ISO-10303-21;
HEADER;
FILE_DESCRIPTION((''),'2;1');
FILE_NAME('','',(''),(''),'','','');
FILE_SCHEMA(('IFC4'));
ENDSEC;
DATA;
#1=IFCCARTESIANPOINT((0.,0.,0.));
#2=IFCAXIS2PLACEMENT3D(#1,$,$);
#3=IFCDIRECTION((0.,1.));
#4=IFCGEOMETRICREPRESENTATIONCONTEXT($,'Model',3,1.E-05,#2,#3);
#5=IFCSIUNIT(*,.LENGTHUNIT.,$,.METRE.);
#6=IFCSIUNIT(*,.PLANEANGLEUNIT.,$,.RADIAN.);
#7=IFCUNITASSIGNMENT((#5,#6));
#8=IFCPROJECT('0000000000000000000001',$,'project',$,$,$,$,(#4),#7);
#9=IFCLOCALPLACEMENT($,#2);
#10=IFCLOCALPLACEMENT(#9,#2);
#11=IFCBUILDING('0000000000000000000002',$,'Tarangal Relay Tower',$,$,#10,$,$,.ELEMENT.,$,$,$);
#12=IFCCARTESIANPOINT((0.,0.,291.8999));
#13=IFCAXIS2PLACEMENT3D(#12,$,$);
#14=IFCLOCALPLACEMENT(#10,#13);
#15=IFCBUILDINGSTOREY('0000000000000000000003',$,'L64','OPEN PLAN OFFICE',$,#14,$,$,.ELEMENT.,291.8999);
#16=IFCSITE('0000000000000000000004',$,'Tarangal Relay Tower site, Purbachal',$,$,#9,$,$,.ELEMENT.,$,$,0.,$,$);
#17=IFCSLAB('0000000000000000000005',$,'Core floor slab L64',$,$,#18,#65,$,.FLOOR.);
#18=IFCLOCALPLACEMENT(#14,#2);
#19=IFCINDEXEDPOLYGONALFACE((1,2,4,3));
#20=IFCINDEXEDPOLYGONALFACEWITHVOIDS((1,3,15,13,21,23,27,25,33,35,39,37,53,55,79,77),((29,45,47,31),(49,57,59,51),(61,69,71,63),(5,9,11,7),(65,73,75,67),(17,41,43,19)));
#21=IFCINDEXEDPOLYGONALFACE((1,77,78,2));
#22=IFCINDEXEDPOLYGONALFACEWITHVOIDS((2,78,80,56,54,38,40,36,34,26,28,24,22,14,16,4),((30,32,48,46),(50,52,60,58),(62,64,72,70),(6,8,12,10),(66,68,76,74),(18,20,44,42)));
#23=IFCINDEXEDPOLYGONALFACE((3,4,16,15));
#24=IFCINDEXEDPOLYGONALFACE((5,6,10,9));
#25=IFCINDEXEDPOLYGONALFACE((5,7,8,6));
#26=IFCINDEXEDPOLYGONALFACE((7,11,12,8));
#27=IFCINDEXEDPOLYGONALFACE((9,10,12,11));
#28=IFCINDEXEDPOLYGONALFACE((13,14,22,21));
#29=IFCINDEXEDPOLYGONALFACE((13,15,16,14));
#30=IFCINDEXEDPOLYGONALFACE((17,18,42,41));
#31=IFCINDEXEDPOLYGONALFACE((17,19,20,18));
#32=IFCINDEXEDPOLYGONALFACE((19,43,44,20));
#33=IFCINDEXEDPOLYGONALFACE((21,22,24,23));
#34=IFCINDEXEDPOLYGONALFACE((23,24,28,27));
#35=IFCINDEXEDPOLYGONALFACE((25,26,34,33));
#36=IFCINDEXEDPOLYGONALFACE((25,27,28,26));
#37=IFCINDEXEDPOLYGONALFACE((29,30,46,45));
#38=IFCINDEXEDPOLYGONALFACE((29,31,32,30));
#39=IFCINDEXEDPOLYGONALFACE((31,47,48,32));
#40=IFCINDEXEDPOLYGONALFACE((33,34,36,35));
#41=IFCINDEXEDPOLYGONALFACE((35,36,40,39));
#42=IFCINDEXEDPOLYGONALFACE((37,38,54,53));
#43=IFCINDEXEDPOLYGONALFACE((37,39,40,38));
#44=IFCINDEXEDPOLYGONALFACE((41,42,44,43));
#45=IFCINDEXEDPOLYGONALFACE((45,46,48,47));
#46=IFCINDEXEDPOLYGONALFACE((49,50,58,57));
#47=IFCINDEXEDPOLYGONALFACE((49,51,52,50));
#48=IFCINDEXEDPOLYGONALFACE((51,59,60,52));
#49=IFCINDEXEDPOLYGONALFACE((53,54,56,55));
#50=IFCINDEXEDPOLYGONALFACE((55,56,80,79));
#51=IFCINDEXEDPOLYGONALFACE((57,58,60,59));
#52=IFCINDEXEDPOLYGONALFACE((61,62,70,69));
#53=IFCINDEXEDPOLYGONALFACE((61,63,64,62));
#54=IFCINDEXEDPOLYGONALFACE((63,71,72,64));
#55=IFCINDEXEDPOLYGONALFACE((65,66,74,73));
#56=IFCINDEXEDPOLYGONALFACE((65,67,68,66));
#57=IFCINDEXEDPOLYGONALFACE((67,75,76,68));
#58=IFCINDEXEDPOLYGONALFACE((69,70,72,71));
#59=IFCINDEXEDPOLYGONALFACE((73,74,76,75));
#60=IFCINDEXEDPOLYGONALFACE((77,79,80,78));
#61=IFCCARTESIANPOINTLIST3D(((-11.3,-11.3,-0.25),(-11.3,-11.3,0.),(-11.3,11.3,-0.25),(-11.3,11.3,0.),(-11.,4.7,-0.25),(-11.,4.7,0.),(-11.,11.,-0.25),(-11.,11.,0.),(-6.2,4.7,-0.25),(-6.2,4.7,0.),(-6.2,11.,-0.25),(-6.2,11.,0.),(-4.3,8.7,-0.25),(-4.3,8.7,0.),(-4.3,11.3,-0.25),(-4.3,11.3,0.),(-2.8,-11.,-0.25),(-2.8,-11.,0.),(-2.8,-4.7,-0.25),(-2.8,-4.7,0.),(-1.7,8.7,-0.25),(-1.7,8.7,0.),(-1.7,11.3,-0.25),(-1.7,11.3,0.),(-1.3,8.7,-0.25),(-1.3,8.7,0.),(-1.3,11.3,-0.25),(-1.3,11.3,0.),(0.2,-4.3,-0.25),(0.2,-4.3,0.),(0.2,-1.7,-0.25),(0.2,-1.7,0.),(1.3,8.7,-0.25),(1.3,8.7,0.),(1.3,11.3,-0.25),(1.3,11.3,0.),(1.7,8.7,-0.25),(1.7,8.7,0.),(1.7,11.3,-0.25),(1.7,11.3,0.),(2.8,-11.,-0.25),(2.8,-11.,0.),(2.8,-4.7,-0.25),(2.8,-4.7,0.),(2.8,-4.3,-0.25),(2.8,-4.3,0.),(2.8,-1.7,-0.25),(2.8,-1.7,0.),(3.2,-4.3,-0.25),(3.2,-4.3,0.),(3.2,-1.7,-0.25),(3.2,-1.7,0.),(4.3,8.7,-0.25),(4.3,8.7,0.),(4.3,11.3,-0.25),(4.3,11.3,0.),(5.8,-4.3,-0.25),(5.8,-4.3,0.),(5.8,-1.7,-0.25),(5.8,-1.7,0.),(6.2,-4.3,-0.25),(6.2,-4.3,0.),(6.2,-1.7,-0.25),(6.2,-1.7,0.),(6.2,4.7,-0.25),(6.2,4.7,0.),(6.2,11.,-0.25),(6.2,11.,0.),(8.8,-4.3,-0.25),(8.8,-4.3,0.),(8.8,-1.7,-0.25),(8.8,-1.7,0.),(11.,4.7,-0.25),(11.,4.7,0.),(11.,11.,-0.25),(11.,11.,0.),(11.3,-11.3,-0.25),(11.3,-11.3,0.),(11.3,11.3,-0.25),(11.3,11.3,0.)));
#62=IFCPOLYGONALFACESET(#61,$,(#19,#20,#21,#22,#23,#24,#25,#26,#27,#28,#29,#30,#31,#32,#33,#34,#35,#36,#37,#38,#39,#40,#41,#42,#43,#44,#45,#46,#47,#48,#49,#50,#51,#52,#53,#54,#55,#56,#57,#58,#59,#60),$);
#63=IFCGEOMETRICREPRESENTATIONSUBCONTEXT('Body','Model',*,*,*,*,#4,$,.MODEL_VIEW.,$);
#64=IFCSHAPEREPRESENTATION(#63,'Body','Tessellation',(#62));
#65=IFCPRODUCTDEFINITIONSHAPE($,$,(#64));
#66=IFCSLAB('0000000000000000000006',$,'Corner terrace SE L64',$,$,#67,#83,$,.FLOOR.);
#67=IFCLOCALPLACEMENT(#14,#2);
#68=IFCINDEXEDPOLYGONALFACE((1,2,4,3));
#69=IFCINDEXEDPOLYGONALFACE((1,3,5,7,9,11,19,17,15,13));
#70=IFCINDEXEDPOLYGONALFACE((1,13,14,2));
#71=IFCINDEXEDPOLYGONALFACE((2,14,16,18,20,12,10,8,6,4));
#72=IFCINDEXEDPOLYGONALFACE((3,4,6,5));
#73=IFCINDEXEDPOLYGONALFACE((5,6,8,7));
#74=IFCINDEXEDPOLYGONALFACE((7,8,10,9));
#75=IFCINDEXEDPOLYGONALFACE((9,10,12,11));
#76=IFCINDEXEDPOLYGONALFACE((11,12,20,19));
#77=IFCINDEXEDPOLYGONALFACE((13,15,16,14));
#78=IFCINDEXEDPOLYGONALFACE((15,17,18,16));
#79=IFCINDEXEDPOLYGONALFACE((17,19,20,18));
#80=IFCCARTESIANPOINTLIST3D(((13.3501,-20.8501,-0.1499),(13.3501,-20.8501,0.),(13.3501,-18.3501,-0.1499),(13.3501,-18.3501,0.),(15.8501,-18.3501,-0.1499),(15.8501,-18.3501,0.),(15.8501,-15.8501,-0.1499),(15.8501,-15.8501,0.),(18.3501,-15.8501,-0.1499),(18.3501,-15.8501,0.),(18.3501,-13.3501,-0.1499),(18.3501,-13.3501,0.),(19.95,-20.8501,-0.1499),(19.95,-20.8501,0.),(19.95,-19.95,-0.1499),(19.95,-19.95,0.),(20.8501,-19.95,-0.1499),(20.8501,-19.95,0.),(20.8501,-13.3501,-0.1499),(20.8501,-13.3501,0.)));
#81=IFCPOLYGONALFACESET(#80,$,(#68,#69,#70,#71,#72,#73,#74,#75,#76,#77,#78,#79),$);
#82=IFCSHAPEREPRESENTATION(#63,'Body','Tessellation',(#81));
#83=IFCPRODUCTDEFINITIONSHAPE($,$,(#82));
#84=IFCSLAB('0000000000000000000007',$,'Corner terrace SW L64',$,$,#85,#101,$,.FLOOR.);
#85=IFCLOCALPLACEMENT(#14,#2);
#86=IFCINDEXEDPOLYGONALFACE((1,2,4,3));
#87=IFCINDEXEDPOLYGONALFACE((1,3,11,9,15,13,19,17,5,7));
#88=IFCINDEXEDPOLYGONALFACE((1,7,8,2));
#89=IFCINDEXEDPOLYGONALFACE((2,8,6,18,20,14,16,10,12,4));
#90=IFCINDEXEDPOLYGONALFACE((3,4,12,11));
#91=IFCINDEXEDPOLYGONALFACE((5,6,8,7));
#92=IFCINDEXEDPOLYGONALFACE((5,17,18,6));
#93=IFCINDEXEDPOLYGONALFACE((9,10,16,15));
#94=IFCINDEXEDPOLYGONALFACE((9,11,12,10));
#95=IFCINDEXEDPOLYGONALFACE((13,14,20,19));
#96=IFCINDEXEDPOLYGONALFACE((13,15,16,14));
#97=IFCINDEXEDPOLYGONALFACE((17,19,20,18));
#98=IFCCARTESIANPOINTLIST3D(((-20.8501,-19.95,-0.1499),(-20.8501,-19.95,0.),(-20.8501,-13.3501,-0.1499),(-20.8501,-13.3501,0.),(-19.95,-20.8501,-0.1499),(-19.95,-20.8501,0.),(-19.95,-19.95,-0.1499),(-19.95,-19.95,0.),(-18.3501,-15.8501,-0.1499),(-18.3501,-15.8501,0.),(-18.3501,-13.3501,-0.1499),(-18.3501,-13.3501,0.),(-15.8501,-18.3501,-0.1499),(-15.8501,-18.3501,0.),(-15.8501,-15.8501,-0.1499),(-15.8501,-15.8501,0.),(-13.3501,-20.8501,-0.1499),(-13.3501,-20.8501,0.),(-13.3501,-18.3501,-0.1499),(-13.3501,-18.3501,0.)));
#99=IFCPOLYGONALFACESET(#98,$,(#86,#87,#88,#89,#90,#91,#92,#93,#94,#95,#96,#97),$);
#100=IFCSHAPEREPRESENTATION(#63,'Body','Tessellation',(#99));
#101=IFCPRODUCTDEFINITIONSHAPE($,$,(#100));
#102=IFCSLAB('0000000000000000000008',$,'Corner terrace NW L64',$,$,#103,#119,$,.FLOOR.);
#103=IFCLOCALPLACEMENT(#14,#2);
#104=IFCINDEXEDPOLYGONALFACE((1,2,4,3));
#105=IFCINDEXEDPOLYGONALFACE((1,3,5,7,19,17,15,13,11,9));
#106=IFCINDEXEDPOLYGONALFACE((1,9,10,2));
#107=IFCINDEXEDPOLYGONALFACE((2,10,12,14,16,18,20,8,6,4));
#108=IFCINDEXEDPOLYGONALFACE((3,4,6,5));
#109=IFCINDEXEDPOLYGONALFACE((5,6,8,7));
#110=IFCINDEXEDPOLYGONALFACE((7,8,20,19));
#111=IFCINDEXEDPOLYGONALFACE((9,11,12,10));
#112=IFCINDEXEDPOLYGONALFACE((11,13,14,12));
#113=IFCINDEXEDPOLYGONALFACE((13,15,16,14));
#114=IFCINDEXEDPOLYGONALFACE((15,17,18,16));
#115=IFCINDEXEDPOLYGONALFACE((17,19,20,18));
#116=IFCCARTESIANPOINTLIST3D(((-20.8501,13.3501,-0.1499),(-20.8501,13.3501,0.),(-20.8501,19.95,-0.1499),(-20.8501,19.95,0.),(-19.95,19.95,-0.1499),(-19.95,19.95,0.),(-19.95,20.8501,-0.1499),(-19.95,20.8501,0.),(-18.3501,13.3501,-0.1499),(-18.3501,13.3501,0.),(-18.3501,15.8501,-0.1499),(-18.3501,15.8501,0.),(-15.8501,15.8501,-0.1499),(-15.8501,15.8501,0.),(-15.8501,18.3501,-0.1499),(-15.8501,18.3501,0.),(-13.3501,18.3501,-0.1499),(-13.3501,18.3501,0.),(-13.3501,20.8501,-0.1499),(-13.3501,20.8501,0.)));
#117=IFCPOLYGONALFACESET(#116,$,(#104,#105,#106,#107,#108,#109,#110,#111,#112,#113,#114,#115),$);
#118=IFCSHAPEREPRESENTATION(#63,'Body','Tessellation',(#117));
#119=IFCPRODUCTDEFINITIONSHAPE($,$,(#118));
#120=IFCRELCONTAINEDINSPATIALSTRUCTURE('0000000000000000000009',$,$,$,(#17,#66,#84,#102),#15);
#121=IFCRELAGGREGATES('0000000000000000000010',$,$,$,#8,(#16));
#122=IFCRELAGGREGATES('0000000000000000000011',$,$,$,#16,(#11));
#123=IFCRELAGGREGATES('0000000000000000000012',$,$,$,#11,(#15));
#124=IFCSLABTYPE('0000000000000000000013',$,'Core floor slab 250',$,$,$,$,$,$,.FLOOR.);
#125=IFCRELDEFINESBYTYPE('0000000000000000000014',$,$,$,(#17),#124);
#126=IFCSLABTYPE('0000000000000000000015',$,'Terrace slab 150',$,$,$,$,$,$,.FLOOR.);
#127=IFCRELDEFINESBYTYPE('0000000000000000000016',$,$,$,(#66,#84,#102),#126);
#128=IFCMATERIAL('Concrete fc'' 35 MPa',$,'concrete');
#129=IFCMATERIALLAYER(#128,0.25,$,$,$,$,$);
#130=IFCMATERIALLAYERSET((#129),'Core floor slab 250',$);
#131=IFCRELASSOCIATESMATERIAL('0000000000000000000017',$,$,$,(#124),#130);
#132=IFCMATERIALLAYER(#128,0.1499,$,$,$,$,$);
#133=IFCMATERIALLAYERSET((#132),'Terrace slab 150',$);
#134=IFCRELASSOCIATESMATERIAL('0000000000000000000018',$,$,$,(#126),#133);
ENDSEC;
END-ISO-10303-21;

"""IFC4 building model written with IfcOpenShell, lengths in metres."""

from ifc_helpers import new_model, si_unit, direction, frame, origin, place, context, subcontext, project, spatial, polyline, outline, extrude, material, layer, layer_set, type_object, element, save


model = new_model("IFC4")

# Units and contexts
model_context = context("Model", 3, precision=1e-05, world=origin(), true_north=direction((0.0, 1.0)))
body_context = subcontext(model_context, "Body", "Model", "MODEL_VIEW")
ifc_project = project(units=[si_unit("LENGTHUNIT", "METRE"), si_unit("PLANEANGLEUNIT", "RADIAN")], contexts=[model_context])

# Site, building, storey
site_placement = place(None, origin())
site = spatial("IfcSite", under=ifc_project, at=site_placement, Name="Tarangal Relay Tower site, Purbachal", CompositionType="ELEMENT", RefElevation=0.0)
building_placement = place(site_placement, origin())
building = spatial("IfcBuilding", under=site, at=building_placement, Name="Tarangal Relay Tower", CompositionType="ELEMENT")
storey_placement = place(building_placement, frame((0.0, 0.0, 291.8999)))
storey = spatial("IfcBuildingStorey", under=building, at=storey_placement, Name="L64", Description="OPEN PLAN OFFICE", CompositionType="ELEMENT", Elevation=291.8999)

# Slabs
ifc_material_1 = material(Name="Concrete fc' 35 MPa", Category="concrete")
ifc_layer_1 = layer(ifc_material_1, 0.25)
ifc_layer_set_1 = layer_set([ifc_layer_1], Name="Core floor slab 250")
slab_type_1 = type_object("IfcSlabType", Name="Core floor slab 250", PredefinedType="FLOOR", material=ifc_layer_set_1)
slab_1_placement = place(storey_placement, frame((0.0, 0.0, -0.25)))
element("IfcSlab", 1, at=slab_1_placement, inside=storey, type_object=slab_type_1, Name="Core floor slab L64", PredefinedType="FLOOR", context=body_context, shape_type="SweptSolid", body=[
    extrude(outline(polyline([(11.3, 11.3), (11.3, -11.3), (-11.3, -11.3), (-11.3, 11.3), (-4.3, 11.3), (-4.3, 8.7), (-1.7, 8.7), (-1.7, 11.3), (-1.3, 11.3), (-1.3, 8.7), (1.3, 8.7), (1.3, 11.3), (1.7, 11.3), (1.7, 8.7), (4.3, 8.7), (4.3, 11.3), (11.3, 11.3)]), holes=[polyline([(2.8, -4.7), (-2.8, -4.7), (-2.8, -11.0), (2.8, -11.0), (2.8, -4.7)]), polyline([(2.8, -1.7), (0.2, -1.7), (0.2, -4.3), (2.8, -4.3), (2.8, -1.7)]), polyline([(5.8, -1.7), (3.2, -1.7), (3.2, -4.3), (5.8, -4.3), (5.8, -1.7)]), polyline([(8.8, -1.7), (6.2, -1.7), (6.2, -4.3), (8.8, -4.3), (8.8, -1.7)]), polyline([(-6.2, 11.0), (-11.0, 11.0), (-11.0, 4.7), (-6.2, 4.7), (-6.2, 11.0)]), polyline([(11.0, 11.0), (6.2, 11.0), (6.2, 4.7), (11.0, 4.7), (11.0, 11.0)])]), origin(), (0.0, 0.0, 1.0), 0.25),
])
ifc_layer_2 = layer(ifc_material_1, 0.1499)
ifc_layer_set_2 = layer_set([ifc_layer_2], Name="Terrace slab 150")
slab_type_2 = type_object("IfcSlabType", Name="Terrace slab 150", PredefinedType="FLOOR", material=ifc_layer_set_2)
slab_2_placement = place(storey_placement, frame((0.0, 0.0, -0.1499)))
element("IfcSlab", 2, at=slab_2_placement, inside=storey, type_object=slab_type_2, Name="Corner terrace SE L64", PredefinedType="FLOOR", context=body_context, shape_type="SweptSolid", body=[
    extrude(outline(polyline([(20.8501, -13.3501), (18.3501, -13.3501), (18.3501, -15.8501), (15.8501, -15.8501), (15.8501, -18.3501), (13.3501, -18.3501), (13.3501, -20.8501), (19.95, -20.8501), (19.95, -19.95), (20.8501, -19.95), (20.8501, -13.3501)])), origin(), (0.0, 0.0, 1.0), 0.1499),
])
slab_3_placement = place(storey_placement, frame((0.0, 0.0, -0.1499)))
element("IfcSlab", 3, at=slab_3_placement, inside=storey, type_object=slab_type_2, Name="Corner terrace SW L64", PredefinedType="FLOOR", context=body_context, shape_type="SweptSolid", body=[
    extrude(outline(polyline([(-13.3501, -20.8501), (-13.3501, -18.3501), (-15.8501, -18.3501), (-15.8501, -15.8501), (-18.3501, -15.8501), (-18.3501, -13.3501), (-20.8501, -13.3501), (-20.8501, -19.95), (-19.95, -19.95), (-19.95, -20.8501), (-13.3501, -20.8501)])), origin(), (0.0, 0.0, 1.0), 0.1499),
])
slab_4_placement = place(storey_placement, frame((0.0, 0.0, -0.1499)))
element("IfcSlab", 4, at=slab_4_placement, inside=storey, type_object=slab_type_2, Name="Corner terrace NW L64", PredefinedType="FLOOR", context=body_context, shape_type="SweptSolid", body=[
    extrude(outline(polyline([(-20.8501, 13.3501), (-18.3501, 13.3501), (-18.3501, 15.8501), (-15.8501, 15.8501), (-15.8501, 18.3501), (-13.3501, 18.3501), (-13.3501, 20.8501), (-19.95, 20.8501), (-19.95, 19.95), (-20.8501, 19.95), (-20.8501, 13.3501)])), origin(), (0.0, 0.0, 1.0), 0.1499),
])

save(model, "model.ifc")
